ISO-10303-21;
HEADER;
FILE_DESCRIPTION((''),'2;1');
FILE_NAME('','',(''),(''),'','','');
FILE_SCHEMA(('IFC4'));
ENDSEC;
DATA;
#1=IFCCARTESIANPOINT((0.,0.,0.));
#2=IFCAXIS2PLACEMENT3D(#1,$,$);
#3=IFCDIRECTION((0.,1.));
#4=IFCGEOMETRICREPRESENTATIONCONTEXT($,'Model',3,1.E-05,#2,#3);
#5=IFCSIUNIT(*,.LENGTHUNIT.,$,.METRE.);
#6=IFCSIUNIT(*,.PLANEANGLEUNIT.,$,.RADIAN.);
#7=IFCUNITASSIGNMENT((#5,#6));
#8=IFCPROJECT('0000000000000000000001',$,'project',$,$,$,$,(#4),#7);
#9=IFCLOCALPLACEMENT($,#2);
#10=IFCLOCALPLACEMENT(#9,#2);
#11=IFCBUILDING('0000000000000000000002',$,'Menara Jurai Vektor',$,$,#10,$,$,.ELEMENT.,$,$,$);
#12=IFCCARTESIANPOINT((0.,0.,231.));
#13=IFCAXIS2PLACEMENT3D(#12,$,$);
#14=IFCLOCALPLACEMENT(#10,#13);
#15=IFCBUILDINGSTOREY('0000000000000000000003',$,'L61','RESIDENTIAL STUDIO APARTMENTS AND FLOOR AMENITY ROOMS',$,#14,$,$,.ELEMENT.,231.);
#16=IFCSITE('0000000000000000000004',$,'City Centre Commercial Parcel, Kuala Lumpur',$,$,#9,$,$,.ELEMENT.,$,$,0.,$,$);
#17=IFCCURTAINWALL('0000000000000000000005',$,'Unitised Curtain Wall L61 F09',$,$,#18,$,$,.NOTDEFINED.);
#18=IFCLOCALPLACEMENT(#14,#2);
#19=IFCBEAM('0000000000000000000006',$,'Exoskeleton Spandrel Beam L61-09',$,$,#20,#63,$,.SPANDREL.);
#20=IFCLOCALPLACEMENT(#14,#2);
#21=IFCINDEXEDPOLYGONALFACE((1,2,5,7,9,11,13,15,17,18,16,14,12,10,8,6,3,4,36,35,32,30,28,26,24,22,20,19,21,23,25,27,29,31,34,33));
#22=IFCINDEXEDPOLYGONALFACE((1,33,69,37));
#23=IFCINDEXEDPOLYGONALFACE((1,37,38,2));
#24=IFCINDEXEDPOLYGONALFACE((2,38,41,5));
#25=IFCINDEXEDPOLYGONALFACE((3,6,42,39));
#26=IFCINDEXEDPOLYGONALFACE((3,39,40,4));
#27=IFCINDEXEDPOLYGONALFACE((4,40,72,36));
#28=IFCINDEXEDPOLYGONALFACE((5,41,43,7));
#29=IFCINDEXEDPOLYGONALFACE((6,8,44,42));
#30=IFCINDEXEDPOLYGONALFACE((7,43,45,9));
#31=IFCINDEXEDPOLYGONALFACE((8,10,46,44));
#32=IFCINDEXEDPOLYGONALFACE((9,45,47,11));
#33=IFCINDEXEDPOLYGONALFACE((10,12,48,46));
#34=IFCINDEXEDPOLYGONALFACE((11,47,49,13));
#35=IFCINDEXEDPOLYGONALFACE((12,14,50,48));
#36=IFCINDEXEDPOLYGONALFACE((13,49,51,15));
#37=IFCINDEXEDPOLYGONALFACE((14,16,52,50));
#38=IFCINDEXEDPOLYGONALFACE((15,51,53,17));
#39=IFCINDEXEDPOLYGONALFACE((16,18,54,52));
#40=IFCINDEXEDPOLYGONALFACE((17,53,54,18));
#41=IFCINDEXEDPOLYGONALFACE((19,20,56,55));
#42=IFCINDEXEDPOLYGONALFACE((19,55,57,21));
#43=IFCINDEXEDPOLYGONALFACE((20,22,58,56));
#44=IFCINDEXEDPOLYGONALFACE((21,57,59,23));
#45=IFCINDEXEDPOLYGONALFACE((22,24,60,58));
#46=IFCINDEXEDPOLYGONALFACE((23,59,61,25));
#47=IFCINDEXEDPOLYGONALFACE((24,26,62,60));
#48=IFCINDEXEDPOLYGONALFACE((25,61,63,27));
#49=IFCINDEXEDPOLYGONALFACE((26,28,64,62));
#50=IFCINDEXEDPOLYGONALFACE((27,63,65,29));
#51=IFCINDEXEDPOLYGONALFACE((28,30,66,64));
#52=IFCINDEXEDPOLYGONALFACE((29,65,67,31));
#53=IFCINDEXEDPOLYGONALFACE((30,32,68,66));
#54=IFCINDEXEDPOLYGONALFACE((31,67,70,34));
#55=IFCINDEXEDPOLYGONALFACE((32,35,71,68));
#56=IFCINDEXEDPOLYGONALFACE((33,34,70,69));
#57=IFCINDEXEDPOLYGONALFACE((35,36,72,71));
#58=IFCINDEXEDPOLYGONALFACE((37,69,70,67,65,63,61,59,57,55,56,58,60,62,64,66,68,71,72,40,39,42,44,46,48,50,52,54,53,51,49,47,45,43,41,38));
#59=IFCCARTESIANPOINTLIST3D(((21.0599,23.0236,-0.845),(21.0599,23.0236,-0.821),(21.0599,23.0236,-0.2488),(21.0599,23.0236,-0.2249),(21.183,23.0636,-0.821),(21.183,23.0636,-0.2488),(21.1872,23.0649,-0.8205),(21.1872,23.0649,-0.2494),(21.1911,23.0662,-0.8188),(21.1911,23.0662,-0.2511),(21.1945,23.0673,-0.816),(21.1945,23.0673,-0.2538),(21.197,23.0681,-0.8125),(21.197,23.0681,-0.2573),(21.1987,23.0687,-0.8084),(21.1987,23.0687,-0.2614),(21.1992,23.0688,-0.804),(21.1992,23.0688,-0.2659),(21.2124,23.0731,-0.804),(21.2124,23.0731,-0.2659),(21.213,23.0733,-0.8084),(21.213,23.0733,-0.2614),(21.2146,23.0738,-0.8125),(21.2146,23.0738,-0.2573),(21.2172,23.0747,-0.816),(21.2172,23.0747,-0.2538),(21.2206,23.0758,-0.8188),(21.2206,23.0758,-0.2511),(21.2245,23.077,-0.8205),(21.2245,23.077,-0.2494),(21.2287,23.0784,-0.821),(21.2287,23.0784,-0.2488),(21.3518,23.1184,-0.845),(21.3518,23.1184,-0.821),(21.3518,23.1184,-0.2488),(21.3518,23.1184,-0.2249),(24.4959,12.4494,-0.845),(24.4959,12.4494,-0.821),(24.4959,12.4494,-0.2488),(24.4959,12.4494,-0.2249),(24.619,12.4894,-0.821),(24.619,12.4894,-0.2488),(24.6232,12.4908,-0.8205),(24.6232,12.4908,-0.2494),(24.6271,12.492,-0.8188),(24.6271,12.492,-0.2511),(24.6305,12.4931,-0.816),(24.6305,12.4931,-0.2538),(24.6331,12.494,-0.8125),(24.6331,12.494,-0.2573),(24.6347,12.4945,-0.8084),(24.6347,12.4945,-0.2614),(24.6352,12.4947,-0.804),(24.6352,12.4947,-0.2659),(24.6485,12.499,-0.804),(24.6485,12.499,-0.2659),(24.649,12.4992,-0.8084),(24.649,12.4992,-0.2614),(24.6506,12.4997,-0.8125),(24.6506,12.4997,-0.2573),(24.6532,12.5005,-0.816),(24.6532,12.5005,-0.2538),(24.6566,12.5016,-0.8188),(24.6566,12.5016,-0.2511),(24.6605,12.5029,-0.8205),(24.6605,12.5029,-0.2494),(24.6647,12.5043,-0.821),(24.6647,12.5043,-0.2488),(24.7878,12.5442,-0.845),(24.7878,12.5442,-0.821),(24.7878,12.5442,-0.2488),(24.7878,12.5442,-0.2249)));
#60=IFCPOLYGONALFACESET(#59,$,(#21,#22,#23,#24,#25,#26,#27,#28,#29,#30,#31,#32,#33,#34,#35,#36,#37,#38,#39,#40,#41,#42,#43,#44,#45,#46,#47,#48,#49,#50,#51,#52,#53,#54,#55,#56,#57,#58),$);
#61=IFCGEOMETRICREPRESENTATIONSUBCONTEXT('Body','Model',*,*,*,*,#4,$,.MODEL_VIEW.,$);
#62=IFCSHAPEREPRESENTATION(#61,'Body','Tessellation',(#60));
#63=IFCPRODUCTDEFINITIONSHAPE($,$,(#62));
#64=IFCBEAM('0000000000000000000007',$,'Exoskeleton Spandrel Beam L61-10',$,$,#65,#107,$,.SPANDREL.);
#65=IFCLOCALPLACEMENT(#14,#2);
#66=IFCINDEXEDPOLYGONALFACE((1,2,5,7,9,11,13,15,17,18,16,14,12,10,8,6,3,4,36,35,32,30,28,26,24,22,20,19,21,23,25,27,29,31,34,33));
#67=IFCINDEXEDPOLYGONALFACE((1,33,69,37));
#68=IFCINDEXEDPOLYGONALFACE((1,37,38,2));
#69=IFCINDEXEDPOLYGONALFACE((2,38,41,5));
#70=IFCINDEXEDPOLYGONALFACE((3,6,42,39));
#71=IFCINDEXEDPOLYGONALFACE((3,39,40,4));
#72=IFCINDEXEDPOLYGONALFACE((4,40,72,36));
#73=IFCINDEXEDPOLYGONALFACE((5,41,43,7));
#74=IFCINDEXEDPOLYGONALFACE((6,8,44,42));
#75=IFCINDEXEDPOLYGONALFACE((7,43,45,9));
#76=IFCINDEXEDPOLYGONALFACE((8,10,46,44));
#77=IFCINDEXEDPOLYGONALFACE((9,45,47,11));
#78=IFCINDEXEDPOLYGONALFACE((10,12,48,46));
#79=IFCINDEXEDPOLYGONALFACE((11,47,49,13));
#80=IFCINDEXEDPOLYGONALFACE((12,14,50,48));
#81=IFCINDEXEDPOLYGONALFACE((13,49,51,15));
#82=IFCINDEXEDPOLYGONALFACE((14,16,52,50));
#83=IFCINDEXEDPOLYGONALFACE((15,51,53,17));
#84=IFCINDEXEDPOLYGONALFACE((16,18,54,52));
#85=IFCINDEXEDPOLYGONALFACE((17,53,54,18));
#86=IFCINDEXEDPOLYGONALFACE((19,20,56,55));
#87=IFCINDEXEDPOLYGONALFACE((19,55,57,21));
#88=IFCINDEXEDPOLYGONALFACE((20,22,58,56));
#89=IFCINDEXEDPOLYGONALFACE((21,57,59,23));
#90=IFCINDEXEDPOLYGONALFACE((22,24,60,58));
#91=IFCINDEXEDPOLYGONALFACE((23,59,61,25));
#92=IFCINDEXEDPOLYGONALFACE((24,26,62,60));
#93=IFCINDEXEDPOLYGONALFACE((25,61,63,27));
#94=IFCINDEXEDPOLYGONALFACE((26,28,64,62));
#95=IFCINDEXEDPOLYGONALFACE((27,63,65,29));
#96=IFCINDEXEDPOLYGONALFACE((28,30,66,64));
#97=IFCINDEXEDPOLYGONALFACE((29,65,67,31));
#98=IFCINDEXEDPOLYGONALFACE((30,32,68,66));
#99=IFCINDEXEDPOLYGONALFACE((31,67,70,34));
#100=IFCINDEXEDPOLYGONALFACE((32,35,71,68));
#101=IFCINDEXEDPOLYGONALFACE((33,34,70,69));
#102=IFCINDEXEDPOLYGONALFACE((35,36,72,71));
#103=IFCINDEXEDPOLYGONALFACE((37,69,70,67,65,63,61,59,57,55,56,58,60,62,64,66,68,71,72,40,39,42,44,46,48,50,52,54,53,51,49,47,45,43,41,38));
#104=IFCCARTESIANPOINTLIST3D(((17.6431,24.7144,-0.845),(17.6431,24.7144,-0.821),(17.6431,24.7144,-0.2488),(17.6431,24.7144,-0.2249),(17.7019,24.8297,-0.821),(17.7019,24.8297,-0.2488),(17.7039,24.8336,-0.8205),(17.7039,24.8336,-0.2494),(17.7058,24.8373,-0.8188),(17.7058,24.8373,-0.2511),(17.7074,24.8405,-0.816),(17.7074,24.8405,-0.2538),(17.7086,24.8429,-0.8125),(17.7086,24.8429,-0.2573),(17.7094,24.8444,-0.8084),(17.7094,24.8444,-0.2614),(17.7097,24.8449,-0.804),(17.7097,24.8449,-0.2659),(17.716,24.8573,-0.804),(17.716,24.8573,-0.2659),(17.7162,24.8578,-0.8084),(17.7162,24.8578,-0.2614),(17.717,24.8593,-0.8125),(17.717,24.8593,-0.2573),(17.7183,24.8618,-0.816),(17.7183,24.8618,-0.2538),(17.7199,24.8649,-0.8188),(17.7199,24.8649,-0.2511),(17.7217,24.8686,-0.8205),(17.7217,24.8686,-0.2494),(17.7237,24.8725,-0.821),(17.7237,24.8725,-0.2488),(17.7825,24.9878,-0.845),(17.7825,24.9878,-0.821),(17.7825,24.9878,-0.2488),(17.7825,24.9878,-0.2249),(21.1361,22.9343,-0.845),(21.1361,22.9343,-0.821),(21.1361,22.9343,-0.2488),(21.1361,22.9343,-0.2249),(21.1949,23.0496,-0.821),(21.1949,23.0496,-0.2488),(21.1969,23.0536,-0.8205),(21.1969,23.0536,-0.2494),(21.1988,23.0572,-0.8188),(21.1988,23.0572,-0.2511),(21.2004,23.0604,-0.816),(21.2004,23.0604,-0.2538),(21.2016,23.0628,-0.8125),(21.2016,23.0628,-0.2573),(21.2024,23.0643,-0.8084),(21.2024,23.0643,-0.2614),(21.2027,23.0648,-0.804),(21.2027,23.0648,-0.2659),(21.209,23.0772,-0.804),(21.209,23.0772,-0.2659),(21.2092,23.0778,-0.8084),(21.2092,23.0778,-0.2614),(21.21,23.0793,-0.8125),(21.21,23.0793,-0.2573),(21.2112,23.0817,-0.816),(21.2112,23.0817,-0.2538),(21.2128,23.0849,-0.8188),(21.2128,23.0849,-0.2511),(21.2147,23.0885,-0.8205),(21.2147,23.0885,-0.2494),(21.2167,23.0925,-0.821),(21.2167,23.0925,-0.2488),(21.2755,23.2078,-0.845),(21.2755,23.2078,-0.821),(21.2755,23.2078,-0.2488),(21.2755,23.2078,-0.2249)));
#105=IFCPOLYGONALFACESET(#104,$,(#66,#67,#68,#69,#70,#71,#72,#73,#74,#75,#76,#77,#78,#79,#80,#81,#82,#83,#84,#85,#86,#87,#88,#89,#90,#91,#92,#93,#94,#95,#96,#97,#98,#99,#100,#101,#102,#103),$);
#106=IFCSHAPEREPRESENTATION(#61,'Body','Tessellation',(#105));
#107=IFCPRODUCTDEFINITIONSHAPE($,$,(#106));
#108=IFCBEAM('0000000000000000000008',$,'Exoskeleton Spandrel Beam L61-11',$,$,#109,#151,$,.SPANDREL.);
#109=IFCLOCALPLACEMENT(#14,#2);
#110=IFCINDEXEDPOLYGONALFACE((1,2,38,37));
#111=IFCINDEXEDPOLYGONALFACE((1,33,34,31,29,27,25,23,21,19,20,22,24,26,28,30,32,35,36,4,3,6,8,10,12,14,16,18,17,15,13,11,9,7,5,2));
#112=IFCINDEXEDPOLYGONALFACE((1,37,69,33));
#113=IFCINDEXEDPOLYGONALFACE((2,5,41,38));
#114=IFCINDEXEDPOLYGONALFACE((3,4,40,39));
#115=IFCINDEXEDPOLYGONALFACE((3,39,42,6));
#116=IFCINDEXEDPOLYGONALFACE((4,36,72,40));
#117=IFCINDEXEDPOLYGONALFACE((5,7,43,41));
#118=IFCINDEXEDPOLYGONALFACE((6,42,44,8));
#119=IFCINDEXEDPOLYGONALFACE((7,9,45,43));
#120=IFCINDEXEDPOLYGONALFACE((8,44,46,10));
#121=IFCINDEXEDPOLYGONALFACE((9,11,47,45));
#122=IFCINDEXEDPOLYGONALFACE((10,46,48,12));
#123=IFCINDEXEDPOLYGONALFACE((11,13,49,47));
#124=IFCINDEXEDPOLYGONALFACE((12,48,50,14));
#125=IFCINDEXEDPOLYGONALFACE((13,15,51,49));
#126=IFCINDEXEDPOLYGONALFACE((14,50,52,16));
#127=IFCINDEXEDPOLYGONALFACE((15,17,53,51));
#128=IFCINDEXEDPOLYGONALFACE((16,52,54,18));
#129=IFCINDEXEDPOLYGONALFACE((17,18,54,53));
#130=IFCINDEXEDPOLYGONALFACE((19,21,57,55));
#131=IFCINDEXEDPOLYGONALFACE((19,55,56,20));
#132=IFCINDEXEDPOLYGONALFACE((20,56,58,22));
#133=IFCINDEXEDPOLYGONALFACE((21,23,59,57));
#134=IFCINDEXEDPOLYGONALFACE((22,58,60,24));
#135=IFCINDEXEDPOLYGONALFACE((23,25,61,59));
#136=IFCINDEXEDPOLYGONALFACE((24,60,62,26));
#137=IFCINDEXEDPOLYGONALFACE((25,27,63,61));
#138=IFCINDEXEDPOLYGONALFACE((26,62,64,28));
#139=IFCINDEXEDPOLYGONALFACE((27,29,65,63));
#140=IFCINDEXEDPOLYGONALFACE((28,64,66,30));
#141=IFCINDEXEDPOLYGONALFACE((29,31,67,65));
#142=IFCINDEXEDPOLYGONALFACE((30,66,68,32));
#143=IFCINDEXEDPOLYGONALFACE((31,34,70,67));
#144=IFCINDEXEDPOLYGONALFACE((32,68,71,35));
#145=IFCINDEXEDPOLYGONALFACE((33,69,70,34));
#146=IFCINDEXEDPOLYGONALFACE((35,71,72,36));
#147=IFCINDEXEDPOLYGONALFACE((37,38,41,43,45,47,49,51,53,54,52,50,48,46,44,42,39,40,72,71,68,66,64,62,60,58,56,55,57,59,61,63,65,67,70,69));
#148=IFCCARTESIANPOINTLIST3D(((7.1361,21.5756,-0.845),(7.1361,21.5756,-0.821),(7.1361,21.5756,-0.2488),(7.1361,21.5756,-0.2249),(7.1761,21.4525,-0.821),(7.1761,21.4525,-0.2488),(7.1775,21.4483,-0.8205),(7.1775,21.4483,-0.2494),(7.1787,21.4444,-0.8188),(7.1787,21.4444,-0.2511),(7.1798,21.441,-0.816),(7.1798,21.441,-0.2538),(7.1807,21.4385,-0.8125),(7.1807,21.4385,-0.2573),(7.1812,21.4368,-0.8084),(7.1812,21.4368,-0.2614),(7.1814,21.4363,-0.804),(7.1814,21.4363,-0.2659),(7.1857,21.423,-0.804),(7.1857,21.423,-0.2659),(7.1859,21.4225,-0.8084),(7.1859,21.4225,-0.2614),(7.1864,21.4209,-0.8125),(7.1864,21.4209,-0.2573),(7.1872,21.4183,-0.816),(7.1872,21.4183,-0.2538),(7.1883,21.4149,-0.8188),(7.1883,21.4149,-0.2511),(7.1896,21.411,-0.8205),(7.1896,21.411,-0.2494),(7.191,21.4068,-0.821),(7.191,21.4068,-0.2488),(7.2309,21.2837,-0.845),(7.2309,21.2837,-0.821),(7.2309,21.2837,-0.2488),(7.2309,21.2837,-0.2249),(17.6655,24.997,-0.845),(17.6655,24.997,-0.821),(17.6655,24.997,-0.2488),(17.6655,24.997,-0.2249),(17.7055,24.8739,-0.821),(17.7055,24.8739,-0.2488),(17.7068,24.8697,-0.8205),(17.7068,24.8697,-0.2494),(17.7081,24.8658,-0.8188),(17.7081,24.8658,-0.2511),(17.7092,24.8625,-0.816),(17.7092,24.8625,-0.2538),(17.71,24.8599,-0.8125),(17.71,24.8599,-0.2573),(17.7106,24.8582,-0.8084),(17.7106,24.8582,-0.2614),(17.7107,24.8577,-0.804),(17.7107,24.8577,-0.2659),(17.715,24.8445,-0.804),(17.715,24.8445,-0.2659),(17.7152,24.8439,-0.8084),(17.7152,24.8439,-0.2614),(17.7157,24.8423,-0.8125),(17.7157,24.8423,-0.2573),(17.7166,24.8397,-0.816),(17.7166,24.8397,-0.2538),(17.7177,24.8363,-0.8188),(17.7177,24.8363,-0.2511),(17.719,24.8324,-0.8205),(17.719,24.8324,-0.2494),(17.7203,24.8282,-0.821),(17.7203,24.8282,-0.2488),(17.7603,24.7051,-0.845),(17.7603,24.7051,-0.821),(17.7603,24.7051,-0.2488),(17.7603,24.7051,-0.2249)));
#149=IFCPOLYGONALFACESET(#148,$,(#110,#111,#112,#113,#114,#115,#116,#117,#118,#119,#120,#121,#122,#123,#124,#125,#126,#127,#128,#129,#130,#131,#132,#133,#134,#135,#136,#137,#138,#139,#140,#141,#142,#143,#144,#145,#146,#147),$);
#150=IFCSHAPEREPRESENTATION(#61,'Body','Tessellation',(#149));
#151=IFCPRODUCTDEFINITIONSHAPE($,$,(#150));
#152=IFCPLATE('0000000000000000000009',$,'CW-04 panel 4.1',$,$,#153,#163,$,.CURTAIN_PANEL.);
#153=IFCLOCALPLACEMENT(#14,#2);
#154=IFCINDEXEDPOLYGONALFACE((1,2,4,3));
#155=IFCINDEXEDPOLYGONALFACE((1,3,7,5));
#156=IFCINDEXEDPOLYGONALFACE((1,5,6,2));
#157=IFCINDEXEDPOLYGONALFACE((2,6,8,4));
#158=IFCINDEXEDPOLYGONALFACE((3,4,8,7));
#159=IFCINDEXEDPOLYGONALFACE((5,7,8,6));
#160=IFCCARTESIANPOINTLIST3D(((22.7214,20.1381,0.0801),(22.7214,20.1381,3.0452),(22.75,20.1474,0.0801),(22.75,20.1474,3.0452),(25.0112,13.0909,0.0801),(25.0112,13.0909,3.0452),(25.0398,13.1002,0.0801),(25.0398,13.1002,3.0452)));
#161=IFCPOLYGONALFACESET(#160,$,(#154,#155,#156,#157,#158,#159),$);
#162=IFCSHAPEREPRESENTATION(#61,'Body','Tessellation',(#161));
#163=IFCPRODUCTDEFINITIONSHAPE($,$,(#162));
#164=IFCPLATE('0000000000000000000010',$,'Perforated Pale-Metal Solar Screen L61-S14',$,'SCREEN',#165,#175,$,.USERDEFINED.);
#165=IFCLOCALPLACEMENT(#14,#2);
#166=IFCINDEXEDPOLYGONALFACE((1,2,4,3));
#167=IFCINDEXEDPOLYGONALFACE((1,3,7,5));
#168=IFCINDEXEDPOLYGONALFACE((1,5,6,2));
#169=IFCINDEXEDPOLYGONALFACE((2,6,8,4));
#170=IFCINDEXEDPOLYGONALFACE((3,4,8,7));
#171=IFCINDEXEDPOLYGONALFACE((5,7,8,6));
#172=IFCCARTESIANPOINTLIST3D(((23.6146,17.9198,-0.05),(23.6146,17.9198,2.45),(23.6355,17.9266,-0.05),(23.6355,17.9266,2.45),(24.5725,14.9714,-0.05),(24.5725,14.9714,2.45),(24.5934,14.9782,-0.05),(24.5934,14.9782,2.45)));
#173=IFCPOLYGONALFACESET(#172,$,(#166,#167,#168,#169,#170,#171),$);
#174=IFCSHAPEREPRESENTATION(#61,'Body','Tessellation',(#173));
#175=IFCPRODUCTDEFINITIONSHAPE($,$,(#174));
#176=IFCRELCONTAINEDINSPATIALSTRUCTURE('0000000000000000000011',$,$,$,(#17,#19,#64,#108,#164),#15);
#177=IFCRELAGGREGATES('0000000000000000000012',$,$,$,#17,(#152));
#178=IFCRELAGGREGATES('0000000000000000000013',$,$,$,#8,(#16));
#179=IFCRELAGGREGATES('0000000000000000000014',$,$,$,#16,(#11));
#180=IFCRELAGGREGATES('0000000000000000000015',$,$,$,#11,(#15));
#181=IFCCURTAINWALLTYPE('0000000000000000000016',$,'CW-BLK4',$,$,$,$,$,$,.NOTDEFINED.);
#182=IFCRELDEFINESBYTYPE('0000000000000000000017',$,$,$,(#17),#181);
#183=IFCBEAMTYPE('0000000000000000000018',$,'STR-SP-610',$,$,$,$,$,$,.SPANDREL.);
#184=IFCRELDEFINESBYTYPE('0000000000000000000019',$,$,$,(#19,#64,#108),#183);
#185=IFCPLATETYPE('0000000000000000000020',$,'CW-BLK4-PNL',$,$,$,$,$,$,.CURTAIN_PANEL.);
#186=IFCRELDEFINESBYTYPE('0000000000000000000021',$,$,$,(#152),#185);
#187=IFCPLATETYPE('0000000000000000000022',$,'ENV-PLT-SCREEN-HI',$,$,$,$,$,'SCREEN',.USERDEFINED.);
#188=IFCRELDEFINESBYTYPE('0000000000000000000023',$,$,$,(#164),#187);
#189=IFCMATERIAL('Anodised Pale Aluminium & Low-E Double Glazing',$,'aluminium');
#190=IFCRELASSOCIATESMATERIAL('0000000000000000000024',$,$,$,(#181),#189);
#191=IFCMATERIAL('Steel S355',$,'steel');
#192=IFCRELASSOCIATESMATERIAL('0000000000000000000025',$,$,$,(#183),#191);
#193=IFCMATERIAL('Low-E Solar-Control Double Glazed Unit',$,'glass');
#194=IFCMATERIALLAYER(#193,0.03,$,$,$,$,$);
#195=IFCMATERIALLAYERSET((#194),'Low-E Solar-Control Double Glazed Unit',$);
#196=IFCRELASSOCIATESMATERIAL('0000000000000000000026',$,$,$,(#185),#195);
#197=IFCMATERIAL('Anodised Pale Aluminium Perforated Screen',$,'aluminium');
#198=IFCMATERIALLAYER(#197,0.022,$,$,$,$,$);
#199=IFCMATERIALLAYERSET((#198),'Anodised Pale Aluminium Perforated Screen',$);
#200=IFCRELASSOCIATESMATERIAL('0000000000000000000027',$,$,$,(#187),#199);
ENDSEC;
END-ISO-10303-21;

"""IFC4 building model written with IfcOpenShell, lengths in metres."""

from ifc_helpers import new_model, si_unit, direction, frame, origin, origin_2d, place, context, subcontext, project, spatial, rectangle, i_section, extrude, material, layer, layer_set, material_profile, profile_set, type_object, element, aggregate, save


model = new_model("IFC4")

# Units and contexts
model_context = context("Model", 3, precision=1e-05, world=origin(), true_north=direction((0.0, 1.0)))
body_context = subcontext(model_context, "Body", "Model", "MODEL_VIEW")
ifc_project = project(units=[si_unit("LENGTHUNIT", "METRE"), si_unit("PLANEANGLEUNIT", "RADIAN")], contexts=[model_context])

# Site, building, storey
site_placement = place(None, origin())
site = spatial("IfcSite", under=ifc_project, at=site_placement, Name="City Centre Commercial Parcel, Kuala Lumpur", CompositionType="ELEMENT", RefElevation=0.0)
building_placement = place(site_placement, origin())
building = spatial("IfcBuilding", under=site, at=building_placement, Name="Menara Jurai Vektor", CompositionType="ELEMENT")
storey_placement = place(building_placement, frame((0.0, 0.0, 231.0)))
storey = spatial("IfcBuildingStorey", under=building, at=storey_placement, Name="L61", Description="RESIDENTIAL STUDIO APARTMENTS AND FLOOR AMENITY ROOMS", CompositionType="ELEMENT", Elevation=231.0)

# Curtain wall
ifc_material_1 = material(Name="Anodised Pale Aluminium & Low-E Double Glazing", Category="aluminium")
curtain_wall_type = type_object("IfcCurtainWallType", Name="CW-BLK4", PredefinedType="NOTDEFINED", material=ifc_material_1)
curtain_wall_placement = place(storey_placement, origin())
curtain_wall = element("IfcCurtainWall", 1, at=curtain_wall_placement, inside=storey, type_object=curtain_wall_type, Name="Unitised Curtain Wall L61 F09", PredefinedType="NOTDEFINED")

# Shared definitions
ifc_material_2 = material(Name="Steel S355", Category="steel")

# Beams
ifc_material_profile_1 = material_profile(ifc_material_2, i_section(OverallWidth=0.3069, OverallDepth=0.6201, WebThickness=0.0139, FlangeThickness=0.0239, FilletRadius=0.0171, at=origin_2d()), Name="UKB 610x305x179")
ifc_profile_set_1 = profile_set([ifc_material_profile_1], Name="Steel S355")
beam_type_1 = type_object("IfcBeamType", Name="STR-SP-610", PredefinedType="SPANDREL", material=ifc_profile_set_1)
beam_1_placement = place(storey_placement, frame((24.6418, 12.4968, -0.5349), z_axis=(-0.309038, 0.95105, 0.0), x_axis=(-0.95105, -0.309038, 0.0)))
element("IfcBeam", 2, at=beam_1_placement, inside=storey, type_object=beam_type_1, Name="Exoskeleton Spandrel Beam L61-09", PredefinedType="SPANDREL", context=body_context, shape_type="SweptSolid", body=[
    extrude(i_section(OverallWidth=0.3069, OverallDepth=0.6201, WebThickness=0.0139, FlangeThickness=0.0239, FilletRadius=0.0171, at=origin_2d()), origin(), (0.0, 0.0, 1.0), 11.1184),
])
beam_2_placement = place(storey_placement, frame((21.2058, 23.071, -0.5349), z_axis=(-0.890976, 0.454051, 0.0), x_axis=(-0.454051, -0.890976, 0.0)))
element("IfcBeam", 3, at=beam_2_placement, inside=storey, type_object=beam_type_1, Name="Exoskeleton Spandrel Beam L61-10", PredefinedType="SPANDREL", context=body_context, shape_type="SweptSolid", body=[
    extrude(i_section(OverallWidth=0.3069, OverallDepth=0.6201, WebThickness=0.0139, FlangeThickness=0.0239, FilletRadius=0.0171, at=origin_2d()), origin(), (0.0, 0.0, 1.0), 3.9204),
])
beam_3_placement = place(storey_placement, frame((17.7129, 24.8511, -0.5349), z_axis=(-0.951051, -0.309034, 0.0), x_axis=(0.309034, -0.951051, 0.0)))
element("IfcBeam", 4, at=beam_3_placement, inside=storey, type_object=beam_type_1, Name="Exoskeleton Spandrel Beam L61-11", PredefinedType="SPANDREL", context=body_context, shape_type="SweptSolid", body=[
    extrude(i_section(OverallWidth=0.3069, OverallDepth=0.6201, WebThickness=0.0139, FlangeThickness=0.0239, FilletRadius=0.0171, at=origin_2d()), origin(), (0.0, 0.0, 1.0), 11.0713),
])

# Plates
ifc_material_3 = material(Name="Low-E Solar-Control Double Glazed Unit", Category="glass")
ifc_layer_1 = layer(ifc_material_3, 0.03)
ifc_layer_set_1 = layer_set([ifc_layer_1], Name="Low-E Solar-Control Double Glazed Unit")
plate_type_1 = type_object("IfcPlateType", Name="CW-BLK4-PNL", PredefinedType="CURTAIN_PANEL", material=ifc_layer_set_1)
plate_1_placement = place(storey_placement, frame((23.8806, 16.6191, 0.0801), z_axis=(0.0, 0.0, 1.0), x_axis=(-0.309017, 0.951056, 0.0)))
plate_1 = element("IfcPlate", 5, at=plate_1_placement, type_object=plate_type_1, Name="CW-04 panel 4.1", PredefinedType="CURTAIN_PANEL", context=body_context, shape_type="SweptSolid", body=[
    extrude(rectangle(XDim=7.4099, YDim=0.03, at=origin_2d()), origin(), (0.0, 0.0, 1.0), 2.9651),
])
aggregate(curtain_wall, [plate_1])
ifc_material_4 = material(Name="Anodised Pale Aluminium Perforated Screen", Category="aluminium")
ifc_layer_2 = layer(ifc_material_4, 0.022)
ifc_layer_set_2 = layer_set([ifc_layer_2], Name="Anodised Pale Aluminium Perforated Screen")
plate_type_2 = type_object("IfcPlateType", Name="ENV-PLT-SCREEN-HI", ElementType="SCREEN", PredefinedType="USERDEFINED", material=ifc_layer_set_2)
plate_2_placement = place(storey_placement, frame((24.104, 16.449, -0.05), z_axis=(0.0, 0.0, 1.0), x_axis=(-0.309017, 0.951057, 0.0)))
element("IfcPlate", 6, at=plate_2_placement, inside=storey, type_object=plate_type_2, Name="Perforated Pale-Metal Solar Screen L61-S14", ObjectType="SCREEN", PredefinedType="USERDEFINED", context=body_context, shape_type="SweptSolid", body=[
    extrude(rectangle(XDim=3.1001, YDim=0.022, at=origin_2d()), origin(), (0.0, 0.0, 1.0), 2.5),
])

save(model, "model.ifc")
